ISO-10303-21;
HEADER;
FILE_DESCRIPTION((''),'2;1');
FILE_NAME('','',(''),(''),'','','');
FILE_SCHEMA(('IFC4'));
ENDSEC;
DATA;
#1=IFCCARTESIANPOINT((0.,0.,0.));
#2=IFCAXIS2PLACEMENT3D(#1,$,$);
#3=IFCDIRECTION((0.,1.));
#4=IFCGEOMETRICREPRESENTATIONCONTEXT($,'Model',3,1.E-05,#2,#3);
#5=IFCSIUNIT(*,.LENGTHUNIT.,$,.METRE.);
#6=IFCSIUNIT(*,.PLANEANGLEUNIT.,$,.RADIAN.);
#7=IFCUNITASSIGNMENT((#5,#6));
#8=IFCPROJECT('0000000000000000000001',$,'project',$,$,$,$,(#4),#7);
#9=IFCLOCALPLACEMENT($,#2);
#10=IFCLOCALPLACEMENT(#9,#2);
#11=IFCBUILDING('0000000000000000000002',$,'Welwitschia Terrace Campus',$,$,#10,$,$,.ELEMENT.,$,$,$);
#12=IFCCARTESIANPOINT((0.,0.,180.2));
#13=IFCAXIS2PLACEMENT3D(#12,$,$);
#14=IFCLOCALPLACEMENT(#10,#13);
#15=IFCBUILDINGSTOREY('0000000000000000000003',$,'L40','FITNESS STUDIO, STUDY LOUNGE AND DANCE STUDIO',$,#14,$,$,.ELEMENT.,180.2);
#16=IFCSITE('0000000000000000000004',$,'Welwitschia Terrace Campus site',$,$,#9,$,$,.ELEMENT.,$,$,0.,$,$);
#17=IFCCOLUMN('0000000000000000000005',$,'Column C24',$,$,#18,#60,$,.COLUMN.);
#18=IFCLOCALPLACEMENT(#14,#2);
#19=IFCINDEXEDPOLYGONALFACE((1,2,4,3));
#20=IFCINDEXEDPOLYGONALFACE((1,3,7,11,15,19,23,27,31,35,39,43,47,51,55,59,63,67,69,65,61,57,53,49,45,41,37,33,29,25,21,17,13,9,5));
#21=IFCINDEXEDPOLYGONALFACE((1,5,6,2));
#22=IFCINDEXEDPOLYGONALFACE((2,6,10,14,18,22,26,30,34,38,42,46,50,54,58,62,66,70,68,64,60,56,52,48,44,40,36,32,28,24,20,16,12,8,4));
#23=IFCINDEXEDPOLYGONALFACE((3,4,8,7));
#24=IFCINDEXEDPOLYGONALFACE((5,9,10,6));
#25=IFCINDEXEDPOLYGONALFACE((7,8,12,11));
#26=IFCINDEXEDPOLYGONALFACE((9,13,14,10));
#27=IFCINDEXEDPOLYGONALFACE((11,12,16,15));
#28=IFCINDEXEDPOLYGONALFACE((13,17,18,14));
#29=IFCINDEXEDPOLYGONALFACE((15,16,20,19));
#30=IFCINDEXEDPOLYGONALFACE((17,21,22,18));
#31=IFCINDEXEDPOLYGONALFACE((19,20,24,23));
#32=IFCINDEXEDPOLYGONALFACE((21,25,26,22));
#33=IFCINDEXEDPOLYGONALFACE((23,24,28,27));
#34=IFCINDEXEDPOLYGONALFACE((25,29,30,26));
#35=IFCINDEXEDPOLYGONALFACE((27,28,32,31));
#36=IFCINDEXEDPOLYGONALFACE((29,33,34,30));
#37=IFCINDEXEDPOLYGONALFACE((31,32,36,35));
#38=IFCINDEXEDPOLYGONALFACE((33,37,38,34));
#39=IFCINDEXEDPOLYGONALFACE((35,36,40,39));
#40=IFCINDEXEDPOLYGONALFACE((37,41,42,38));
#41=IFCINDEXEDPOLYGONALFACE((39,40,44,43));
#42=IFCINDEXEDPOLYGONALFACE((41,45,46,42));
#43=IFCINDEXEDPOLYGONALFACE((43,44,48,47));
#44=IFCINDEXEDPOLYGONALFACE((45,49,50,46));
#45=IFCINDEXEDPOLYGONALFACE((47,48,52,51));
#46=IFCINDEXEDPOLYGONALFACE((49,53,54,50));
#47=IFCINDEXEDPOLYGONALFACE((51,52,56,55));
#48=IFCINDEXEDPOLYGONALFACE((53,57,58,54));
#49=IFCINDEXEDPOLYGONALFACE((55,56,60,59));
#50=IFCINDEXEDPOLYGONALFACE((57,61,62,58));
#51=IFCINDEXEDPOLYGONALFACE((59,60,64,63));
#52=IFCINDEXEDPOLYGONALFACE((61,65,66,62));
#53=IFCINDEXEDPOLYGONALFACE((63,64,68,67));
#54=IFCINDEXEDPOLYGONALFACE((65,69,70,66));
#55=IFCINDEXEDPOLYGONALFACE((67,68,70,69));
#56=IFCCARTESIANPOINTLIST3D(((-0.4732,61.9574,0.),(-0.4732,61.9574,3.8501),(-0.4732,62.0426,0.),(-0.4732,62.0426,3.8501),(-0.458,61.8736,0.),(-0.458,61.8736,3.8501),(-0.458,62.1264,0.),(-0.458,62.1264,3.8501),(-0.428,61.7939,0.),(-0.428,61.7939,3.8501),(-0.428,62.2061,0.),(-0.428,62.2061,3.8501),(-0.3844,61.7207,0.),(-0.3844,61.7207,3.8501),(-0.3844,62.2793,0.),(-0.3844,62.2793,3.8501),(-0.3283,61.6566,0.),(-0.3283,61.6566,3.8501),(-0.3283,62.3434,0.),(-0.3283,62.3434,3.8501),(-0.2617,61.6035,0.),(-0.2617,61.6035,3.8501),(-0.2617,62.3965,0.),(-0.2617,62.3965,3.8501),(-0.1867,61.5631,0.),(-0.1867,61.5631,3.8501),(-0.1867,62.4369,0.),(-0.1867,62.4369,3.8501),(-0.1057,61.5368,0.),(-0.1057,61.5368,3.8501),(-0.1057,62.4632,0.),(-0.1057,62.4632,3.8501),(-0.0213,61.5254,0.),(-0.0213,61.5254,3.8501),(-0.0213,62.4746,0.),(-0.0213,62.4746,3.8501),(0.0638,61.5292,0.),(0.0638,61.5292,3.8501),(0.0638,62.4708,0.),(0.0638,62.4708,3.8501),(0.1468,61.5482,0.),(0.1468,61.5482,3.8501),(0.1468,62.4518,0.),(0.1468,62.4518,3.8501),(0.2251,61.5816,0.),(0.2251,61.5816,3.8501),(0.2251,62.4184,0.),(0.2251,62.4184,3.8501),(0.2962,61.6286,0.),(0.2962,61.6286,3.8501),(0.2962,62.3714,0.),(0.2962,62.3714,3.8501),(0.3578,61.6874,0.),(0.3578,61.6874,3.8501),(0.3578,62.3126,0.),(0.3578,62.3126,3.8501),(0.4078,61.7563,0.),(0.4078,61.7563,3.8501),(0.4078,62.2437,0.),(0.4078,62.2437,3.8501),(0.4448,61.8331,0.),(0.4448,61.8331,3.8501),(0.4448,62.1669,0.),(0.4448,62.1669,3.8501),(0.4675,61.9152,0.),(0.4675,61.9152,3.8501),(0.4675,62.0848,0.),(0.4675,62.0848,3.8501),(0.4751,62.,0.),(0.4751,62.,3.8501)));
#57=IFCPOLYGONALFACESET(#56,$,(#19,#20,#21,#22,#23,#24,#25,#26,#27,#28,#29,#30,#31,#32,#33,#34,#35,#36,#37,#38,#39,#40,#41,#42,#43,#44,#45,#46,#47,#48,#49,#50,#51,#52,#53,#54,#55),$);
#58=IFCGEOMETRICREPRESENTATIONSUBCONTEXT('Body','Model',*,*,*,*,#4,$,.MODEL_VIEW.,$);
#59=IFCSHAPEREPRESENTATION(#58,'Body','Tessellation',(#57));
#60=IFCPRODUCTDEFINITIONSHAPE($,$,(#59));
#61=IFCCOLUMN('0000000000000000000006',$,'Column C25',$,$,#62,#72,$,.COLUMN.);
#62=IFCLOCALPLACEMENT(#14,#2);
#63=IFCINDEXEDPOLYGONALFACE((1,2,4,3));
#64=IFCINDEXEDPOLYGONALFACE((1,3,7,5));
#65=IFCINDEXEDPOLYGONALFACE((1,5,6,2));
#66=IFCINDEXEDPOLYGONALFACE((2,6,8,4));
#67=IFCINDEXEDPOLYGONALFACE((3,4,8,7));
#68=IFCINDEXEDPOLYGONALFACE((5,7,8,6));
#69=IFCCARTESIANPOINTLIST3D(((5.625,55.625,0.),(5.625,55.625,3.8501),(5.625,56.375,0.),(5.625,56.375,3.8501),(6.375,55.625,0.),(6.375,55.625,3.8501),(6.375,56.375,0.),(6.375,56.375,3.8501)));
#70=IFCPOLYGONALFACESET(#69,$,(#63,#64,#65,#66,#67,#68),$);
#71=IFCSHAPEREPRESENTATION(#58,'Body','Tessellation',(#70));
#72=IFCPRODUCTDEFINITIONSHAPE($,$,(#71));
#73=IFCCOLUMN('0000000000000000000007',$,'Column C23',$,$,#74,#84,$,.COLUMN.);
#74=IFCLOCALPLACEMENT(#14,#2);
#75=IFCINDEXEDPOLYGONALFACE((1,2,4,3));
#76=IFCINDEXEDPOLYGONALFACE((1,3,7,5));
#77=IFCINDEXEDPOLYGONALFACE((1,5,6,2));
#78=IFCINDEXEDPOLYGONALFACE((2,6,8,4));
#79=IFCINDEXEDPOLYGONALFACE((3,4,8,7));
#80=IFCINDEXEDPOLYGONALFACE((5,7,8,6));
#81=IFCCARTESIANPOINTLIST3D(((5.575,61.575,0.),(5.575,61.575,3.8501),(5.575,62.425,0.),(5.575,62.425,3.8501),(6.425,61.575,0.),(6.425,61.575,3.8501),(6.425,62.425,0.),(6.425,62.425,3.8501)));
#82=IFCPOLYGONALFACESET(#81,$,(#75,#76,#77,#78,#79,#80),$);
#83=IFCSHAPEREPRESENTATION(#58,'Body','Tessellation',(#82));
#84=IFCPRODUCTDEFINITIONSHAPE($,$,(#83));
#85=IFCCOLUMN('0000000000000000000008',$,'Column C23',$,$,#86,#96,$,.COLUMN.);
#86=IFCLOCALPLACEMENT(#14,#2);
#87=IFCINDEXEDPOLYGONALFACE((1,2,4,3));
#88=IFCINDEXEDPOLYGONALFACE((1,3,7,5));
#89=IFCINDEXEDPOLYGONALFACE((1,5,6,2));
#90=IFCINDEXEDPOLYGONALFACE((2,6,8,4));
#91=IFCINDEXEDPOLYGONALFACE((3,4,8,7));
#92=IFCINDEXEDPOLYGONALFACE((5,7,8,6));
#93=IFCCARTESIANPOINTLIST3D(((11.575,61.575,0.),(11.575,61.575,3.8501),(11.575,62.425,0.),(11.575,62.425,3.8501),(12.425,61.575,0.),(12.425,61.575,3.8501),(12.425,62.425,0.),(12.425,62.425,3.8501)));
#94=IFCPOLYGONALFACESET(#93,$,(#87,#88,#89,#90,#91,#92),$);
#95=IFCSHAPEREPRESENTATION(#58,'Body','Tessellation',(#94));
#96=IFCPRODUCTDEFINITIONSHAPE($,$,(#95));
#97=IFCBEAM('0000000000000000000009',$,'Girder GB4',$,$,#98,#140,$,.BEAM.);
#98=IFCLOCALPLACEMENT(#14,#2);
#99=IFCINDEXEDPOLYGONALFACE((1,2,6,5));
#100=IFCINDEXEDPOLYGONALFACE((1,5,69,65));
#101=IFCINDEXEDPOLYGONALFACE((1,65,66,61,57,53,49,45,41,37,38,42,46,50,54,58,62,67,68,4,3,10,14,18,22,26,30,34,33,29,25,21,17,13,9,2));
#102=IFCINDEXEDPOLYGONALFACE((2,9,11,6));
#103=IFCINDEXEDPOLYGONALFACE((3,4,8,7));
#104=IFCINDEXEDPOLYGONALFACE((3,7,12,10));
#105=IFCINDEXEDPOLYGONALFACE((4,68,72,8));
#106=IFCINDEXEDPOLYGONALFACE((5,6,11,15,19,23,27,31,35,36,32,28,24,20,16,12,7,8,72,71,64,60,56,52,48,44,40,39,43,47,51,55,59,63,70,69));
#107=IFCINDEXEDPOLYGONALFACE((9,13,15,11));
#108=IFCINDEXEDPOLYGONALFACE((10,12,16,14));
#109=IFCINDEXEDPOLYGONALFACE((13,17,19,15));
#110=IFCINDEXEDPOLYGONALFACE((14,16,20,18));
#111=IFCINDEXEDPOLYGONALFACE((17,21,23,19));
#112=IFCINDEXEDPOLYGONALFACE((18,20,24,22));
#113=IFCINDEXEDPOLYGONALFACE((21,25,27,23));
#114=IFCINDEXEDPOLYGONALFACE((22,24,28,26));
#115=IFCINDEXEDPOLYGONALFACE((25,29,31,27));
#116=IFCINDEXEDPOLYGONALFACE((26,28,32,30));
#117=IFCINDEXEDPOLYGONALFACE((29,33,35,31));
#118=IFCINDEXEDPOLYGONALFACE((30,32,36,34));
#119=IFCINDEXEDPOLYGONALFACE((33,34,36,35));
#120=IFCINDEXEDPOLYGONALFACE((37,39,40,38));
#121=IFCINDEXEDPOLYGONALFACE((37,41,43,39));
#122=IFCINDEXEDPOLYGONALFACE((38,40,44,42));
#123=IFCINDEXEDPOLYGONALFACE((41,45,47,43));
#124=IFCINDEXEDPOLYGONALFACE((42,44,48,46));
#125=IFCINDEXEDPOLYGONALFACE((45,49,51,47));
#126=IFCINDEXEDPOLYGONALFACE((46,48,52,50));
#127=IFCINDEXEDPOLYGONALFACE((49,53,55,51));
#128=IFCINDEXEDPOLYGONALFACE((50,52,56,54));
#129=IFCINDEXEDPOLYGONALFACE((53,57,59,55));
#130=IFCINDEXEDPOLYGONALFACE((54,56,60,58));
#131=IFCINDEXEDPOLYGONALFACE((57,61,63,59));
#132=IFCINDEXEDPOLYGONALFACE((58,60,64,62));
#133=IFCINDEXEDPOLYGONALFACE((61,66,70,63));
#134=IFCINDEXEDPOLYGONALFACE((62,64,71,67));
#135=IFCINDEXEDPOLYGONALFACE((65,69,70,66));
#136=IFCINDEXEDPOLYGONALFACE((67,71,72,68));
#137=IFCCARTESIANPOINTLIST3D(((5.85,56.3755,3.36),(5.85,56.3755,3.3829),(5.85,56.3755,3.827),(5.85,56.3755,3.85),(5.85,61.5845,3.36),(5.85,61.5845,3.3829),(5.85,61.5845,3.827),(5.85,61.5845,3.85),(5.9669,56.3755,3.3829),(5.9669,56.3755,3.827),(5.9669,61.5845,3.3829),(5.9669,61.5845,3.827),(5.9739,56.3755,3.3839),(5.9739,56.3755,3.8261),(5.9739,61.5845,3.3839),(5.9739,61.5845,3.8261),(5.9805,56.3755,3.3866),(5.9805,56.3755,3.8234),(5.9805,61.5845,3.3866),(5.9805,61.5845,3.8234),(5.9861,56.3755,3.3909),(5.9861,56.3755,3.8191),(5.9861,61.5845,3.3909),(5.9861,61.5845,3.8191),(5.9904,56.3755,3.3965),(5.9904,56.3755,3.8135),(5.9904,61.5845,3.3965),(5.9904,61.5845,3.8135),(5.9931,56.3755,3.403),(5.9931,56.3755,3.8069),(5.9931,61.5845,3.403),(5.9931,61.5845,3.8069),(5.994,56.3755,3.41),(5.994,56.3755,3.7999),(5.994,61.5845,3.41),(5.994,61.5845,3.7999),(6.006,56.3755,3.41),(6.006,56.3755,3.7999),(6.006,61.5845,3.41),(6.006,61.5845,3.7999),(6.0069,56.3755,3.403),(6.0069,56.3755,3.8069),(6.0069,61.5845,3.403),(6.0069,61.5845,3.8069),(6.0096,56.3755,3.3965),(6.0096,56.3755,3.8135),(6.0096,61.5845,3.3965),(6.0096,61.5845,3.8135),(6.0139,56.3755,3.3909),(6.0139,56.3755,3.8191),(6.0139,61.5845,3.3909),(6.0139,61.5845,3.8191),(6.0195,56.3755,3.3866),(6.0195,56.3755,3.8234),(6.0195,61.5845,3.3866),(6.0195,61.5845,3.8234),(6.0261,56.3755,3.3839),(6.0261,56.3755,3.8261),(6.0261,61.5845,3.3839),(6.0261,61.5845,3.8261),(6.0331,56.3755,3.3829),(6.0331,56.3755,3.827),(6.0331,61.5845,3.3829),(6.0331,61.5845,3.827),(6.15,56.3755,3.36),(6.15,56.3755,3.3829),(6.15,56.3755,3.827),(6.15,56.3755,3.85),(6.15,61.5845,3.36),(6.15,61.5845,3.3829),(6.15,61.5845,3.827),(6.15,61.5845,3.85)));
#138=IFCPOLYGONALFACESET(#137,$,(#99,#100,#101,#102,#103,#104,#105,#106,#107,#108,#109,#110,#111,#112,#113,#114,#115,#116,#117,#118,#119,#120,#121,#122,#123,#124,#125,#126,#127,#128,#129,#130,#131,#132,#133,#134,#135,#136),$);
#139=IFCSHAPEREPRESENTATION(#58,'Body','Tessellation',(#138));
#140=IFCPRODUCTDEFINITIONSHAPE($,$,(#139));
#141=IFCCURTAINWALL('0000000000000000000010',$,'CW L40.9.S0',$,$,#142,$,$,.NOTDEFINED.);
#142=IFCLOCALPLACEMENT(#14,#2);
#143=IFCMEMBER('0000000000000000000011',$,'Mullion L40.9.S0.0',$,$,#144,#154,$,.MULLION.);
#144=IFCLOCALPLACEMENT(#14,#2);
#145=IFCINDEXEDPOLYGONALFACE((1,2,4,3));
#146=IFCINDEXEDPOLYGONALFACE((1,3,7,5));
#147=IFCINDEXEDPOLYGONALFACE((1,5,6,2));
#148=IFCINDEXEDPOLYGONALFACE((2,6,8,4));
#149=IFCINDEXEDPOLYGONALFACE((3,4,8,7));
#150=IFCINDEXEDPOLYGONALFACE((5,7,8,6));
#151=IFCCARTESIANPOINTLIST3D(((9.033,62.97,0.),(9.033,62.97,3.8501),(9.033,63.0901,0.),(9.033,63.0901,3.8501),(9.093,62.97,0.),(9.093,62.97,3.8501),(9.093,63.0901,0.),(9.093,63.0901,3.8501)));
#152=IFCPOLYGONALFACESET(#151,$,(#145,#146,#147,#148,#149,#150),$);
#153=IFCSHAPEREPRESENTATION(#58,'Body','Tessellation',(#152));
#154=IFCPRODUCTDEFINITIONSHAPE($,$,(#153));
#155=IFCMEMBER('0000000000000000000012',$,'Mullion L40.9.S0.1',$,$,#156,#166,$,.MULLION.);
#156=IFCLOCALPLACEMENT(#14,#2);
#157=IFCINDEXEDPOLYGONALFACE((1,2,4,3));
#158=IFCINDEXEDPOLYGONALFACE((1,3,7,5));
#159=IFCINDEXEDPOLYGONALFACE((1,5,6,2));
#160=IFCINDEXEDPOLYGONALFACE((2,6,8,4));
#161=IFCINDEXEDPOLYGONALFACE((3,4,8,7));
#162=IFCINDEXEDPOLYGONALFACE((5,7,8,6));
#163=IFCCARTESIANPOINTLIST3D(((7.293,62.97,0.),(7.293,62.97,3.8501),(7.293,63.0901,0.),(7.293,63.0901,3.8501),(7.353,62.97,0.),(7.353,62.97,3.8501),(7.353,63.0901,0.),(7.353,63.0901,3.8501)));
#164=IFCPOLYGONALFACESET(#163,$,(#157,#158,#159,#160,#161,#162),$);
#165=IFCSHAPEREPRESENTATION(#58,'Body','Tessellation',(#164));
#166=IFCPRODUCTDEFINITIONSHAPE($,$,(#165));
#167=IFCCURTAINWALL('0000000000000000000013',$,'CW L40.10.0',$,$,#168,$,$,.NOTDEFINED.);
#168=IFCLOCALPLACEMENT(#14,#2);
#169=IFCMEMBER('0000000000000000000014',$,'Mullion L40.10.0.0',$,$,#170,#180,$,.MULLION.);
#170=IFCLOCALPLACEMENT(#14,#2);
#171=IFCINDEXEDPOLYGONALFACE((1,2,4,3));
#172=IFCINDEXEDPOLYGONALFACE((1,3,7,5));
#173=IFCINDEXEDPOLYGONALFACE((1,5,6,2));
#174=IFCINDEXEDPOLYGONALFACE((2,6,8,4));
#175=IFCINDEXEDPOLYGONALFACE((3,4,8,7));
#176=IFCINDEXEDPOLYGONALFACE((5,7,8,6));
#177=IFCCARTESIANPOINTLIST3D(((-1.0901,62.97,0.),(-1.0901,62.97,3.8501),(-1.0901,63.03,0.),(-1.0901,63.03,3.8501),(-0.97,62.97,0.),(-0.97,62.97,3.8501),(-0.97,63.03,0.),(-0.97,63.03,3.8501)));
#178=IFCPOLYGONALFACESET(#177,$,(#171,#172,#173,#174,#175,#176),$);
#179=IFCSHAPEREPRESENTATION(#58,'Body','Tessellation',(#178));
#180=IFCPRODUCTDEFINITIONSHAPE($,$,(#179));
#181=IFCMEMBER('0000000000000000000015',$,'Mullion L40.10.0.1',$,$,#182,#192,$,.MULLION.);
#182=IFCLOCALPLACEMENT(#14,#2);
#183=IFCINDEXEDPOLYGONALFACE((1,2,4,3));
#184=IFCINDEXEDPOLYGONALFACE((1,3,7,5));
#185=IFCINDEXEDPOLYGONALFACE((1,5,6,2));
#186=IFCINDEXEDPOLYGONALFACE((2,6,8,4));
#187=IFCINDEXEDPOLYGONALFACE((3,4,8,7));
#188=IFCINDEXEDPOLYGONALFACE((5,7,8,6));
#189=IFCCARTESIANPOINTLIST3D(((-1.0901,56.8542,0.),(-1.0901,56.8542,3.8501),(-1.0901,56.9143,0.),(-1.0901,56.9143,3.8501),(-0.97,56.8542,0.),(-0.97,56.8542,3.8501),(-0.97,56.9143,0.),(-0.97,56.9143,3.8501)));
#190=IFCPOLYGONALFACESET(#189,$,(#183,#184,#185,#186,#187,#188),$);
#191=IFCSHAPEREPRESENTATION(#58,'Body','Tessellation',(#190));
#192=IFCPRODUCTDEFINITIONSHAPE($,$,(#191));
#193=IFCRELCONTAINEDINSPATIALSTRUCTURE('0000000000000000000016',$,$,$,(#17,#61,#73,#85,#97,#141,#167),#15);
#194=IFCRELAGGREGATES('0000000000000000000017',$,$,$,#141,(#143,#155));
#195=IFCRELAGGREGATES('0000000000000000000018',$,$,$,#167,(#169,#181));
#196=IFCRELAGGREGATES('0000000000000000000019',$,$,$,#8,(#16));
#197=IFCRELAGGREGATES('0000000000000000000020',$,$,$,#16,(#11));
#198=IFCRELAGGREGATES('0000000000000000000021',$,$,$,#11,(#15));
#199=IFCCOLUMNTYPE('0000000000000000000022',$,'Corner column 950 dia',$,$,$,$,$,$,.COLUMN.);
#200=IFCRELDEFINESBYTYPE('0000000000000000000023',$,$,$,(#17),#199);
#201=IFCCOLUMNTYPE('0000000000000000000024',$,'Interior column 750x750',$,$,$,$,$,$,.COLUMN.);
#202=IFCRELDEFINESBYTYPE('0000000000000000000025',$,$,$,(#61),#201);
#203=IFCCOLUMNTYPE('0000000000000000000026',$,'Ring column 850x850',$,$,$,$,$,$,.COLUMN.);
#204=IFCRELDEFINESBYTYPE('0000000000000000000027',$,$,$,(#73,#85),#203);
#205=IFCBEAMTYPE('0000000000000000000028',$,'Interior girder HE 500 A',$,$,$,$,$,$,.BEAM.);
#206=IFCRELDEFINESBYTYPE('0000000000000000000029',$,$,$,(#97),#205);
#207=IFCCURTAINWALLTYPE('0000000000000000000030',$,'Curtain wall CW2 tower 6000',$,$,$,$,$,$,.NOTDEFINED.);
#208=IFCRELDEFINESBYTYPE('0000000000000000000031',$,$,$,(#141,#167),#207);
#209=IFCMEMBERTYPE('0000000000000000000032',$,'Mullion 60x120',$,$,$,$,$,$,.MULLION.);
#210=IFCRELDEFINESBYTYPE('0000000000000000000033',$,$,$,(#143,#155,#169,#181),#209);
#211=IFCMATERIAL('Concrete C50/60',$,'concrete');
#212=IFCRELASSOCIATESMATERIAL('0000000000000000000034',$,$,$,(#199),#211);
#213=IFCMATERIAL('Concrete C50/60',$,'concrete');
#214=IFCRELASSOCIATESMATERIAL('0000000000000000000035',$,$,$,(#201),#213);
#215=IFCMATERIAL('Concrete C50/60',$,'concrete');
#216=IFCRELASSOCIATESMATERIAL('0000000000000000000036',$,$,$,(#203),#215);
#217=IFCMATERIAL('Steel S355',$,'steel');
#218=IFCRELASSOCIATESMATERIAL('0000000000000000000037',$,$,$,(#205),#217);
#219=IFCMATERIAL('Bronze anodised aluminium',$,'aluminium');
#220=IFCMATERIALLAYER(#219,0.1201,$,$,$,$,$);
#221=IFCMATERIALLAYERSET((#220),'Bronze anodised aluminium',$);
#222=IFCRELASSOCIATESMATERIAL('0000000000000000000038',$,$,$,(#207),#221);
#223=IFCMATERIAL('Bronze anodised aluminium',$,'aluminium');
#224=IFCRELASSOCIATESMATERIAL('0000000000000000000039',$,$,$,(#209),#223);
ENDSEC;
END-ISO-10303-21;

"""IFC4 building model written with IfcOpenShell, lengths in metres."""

from ifc_helpers import new_model, si_unit, direction, frame, origin, origin_2d, place, context, subcontext, project, spatial, rectangle, circle, i_section, extrude, material, layer, layer_set, material_profile, profile_set, type_object, element, aggregate, save


model = new_model("IFC4")

# Units and contexts
model_context = context("Model", 3, precision=1e-05, world=origin(), true_north=direction((0.0, 1.0)))
body_context = subcontext(model_context, "Body", "Model", "MODEL_VIEW")
ifc_project = project(units=[si_unit("LENGTHUNIT", "METRE"), si_unit("PLANEANGLEUNIT", "RADIAN")], contexts=[model_context])

# Site, building, storey
site_placement = place(None, origin())
site = spatial("IfcSite", under=ifc_project, at=site_placement, Name="Welwitschia Terrace Campus site", CompositionType="ELEMENT", RefElevation=0.0)
building_placement = place(site_placement, origin())
building = spatial("IfcBuilding", under=site, at=building_placement, Name="Welwitschia Terrace Campus", CompositionType="ELEMENT")
storey_placement = place(building_placement, frame((0.0, 0.0, 180.2)))
storey = spatial("IfcBuildingStorey", under=building, at=storey_placement, Name="L40", Description="FITNESS STUDIO, STUDY LOUNGE AND DANCE STUDIO", CompositionType="ELEMENT", Elevation=180.2)

# Columns
ifc_material_1 = material(Name="Concrete C50/60", Category="concrete")
ifc_material_profile_1 = material_profile(ifc_material_1, circle(Radius=0.4751, at=origin_2d()))
ifc_profile_set_1 = profile_set([ifc_material_profile_1], Name="Concrete C50/60")
column_type_1 = type_object("IfcColumnType", Name="Corner column 950 dia", PredefinedType="COLUMN", material=ifc_profile_set_1)
column_1_placement = place(storey_placement, frame((0.0, 62.0, 0.0), z_axis=(0.0, 0.0, 1.0), x_axis=(1.0, 0.0, 0.0)))
element("IfcColumn", 1, at=column_1_placement, inside=storey, type_object=column_type_1, Name="Column C24", PredefinedType="COLUMN", context=body_context, shape_type="SweptSolid", body=[
    extrude(circle(Radius=0.4751, at=origin_2d()), origin(), (0.0, 0.0, 1.0), 3.8501),
])
ifc_material_2 = material(Name="Concrete C50/60", Category="concrete")
ifc_material_profile_2 = material_profile(ifc_material_2, rectangle(XDim=0.75, YDim=0.75, at=origin_2d()))
ifc_profile_set_2 = profile_set([ifc_material_profile_2], Name="Concrete C50/60")
column_type_2 = type_object("IfcColumnType", Name="Interior column 750x750", PredefinedType="COLUMN", material=ifc_profile_set_2)
column_2_placement = place(storey_placement, frame((6.0, 56.0, 0.0), z_axis=(0.0, 0.0, 1.0), x_axis=(1.0, 0.0, 0.0)))
element("IfcColumn", 2, at=column_2_placement, inside=storey, type_object=column_type_2, Name="Column C25", PredefinedType="COLUMN", context=body_context, shape_type="SweptSolid", body=[
    extrude(rectangle(XDim=0.75, YDim=0.75, at=origin_2d()), origin(), (0.0, 0.0, 1.0), 3.8501),
])
ifc_material_3 = material(Name="Concrete C50/60", Category="concrete")
ifc_material_profile_3 = material_profile(ifc_material_3, rectangle(XDim=0.8501, YDim=0.8501, at=origin_2d()))
ifc_profile_set_3 = profile_set([ifc_material_profile_3], Name="Concrete C50/60")
column_type_3 = type_object("IfcColumnType", Name="Ring column 850x850", PredefinedType="COLUMN", material=ifc_profile_set_3)
for number, where, z_axis, x_axis, name in (
    (3, (6.0, 62.0, 0.0), (0.0, 0.0, 1.0), (1.0, 0.0, 0.0), "Column C23"),
    (4, (12.0, 62.0, 0.0), (0.0, 0.0, 1.0), (1.0, 0.0, 0.0), "Column C23"),
):
    element("IfcColumn", number, at=place(storey_placement, frame(where, z_axis=z_axis, x_axis=x_axis)), inside=storey, type_object=column_type_3, Name=name, PredefinedType="COLUMN", context=body_context, shape_type="SweptSolid", body=[
        extrude(rectangle(XDim=0.8501, YDim=0.8501, at=origin_2d()), origin(), (0.0, 0.0, 1.0), 3.8501),
    ])

# Beam
ifc_material_4 = material(Name="Steel S355", Category="steel")
ifc_material_profile_4 = material_profile(ifc_material_4, i_section(OverallWidth=0.3, OverallDepth=0.49, WebThickness=0.012, FlangeThickness=0.0229, FilletRadius=0.0271, at=origin_2d()))
ifc_profile_set_4 = profile_set([ifc_material_profile_4], Name="Steel S355")
beam_type_1 = type_object("IfcBeamType", Name="Interior girder HE 500 A", PredefinedType="BEAM", material=ifc_profile_set_4)
beam_1_placement = place(storey_placement, frame((6.0, 56.3755, 3.605), z_axis=(0.0, 1.0, 0.0), x_axis=(-1.0, 0.0, 0.0)))
element("IfcBeam", 5, at=beam_1_placement, inside=storey, type_object=beam_type_1, Name="Girder GB4", PredefinedType="BEAM", context=body_context, shape_type="SweptSolid", body=[
    extrude(i_section(OverallWidth=0.3, OverallDepth=0.49, WebThickness=0.012, FlangeThickness=0.0229, FilletRadius=0.0271, at=origin_2d()), origin(), (0.0, 0.0, 1.0), 5.209),
])

# Curtain walls, members
ifc_material_5 = material(Name="Bronze anodised aluminium", Category="aluminium")
ifc_layer_1 = layer(ifc_material_5, 0.1201)
ifc_layer_set_1 = layer_set([ifc_layer_1], Name="Bronze anodised aluminium")
curtain_wall_type = type_object("IfcCurtainWallType", Name="Curtain wall CW2 tower 6000", PredefinedType="NOTDEFINED", material=ifc_layer_set_1)
curtain_wall_1_placement = place(storey_placement, origin())
curtain_wall_1 = element("IfcCurtainWall", 6, at=curtain_wall_1_placement, inside=storey, type_object=curtain_wall_type, Name="CW L40.9.S0", PredefinedType="NOTDEFINED")
ifc_material_6 = material(Name="Bronze anodised aluminium", Category="aluminium")
ifc_material_profile_5 = material_profile(ifc_material_6, rectangle(XDim=0.1201, YDim=0.0601, at=origin_2d()))
ifc_profile_set_5 = profile_set([ifc_material_profile_5], Name="Bronze anodised aluminium")
member_type_1 = type_object("IfcMemberType", Name="Mullion 60x120", PredefinedType="MULLION", material=ifc_profile_set_5)
member_1_placement = place(storey_placement, frame((9.063, 63.03, 0.0), z_axis=(0.0, 0.0, 1.0), x_axis=(0.0, -1.0, 0.0)))
member_1 = element("IfcMember", 7, at=member_1_placement, type_object=member_type_1, Name="Mullion L40.9.S0.0", PredefinedType="MULLION", context=body_context, shape_type="SweptSolid", body=[
    extrude(rectangle(XDim=0.1201, YDim=0.0601, at=origin_2d()), origin(), (0.0, 0.0, 1.0), 3.8501),
])
member_2_placement = place(storey_placement, frame((7.323, 63.03, 0.0), z_axis=(0.0, 0.0, 1.0), x_axis=(0.0, -1.0, 0.0)))
member_2 = element("IfcMember", 8, at=member_2_placement, type_object=member_type_1, Name="Mullion L40.9.S0.1", PredefinedType="MULLION", context=body_context, shape_type="SweptSolid", body=[
    extrude(rectangle(XDim=0.1201, YDim=0.0601, at=origin_2d()), origin(), (0.0, 0.0, 1.0), 3.8501),
])
curtain_wall_2_placement = place(storey_placement, origin())
curtain_wall_2 = element("IfcCurtainWall", 9, at=curtain_wall_2_placement, inside=storey, type_object=curtain_wall_type, Name="CW L40.10.0", PredefinedType="NOTDEFINED")
member_3_placement = place(storey_placement, frame((-1.03, 63.0, 0.0), z_axis=(0.0, 0.0, 1.0), x_axis=(1.0, 0.0, 0.0)))
member_3 = element("IfcMember", 10, at=member_3_placement, type_object=member_type_1, Name="Mullion L40.10.0.0", PredefinedType="MULLION", context=body_context, shape_type="SweptSolid", body=[
    extrude(rectangle(XDim=0.1201, YDim=0.0601, at=origin_2d()), origin(), (0.0, 0.0, 1.0), 3.8501),
])
member_4_placement = place(storey_placement, frame((-1.03, 56.8843, 0.0), z_axis=(0.0, 0.0, 1.0), x_axis=(1.0, 0.0, 0.0)))
member_4 = element("IfcMember", 11, at=member_4_placement, type_object=member_type_1, Name="Mullion L40.10.0.1", PredefinedType="MULLION", context=body_context, shape_type="SweptSolid", body=[
    extrude(rectangle(XDim=0.1201, YDim=0.0601, at=origin_2d()), origin(), (0.0, 0.0, 1.0), 3.8501),
])

aggregate(curtain_wall_1, [member_1, member_2])
aggregate(curtain_wall_2, [member_3, member_4])

save(model, "model.ifc")
